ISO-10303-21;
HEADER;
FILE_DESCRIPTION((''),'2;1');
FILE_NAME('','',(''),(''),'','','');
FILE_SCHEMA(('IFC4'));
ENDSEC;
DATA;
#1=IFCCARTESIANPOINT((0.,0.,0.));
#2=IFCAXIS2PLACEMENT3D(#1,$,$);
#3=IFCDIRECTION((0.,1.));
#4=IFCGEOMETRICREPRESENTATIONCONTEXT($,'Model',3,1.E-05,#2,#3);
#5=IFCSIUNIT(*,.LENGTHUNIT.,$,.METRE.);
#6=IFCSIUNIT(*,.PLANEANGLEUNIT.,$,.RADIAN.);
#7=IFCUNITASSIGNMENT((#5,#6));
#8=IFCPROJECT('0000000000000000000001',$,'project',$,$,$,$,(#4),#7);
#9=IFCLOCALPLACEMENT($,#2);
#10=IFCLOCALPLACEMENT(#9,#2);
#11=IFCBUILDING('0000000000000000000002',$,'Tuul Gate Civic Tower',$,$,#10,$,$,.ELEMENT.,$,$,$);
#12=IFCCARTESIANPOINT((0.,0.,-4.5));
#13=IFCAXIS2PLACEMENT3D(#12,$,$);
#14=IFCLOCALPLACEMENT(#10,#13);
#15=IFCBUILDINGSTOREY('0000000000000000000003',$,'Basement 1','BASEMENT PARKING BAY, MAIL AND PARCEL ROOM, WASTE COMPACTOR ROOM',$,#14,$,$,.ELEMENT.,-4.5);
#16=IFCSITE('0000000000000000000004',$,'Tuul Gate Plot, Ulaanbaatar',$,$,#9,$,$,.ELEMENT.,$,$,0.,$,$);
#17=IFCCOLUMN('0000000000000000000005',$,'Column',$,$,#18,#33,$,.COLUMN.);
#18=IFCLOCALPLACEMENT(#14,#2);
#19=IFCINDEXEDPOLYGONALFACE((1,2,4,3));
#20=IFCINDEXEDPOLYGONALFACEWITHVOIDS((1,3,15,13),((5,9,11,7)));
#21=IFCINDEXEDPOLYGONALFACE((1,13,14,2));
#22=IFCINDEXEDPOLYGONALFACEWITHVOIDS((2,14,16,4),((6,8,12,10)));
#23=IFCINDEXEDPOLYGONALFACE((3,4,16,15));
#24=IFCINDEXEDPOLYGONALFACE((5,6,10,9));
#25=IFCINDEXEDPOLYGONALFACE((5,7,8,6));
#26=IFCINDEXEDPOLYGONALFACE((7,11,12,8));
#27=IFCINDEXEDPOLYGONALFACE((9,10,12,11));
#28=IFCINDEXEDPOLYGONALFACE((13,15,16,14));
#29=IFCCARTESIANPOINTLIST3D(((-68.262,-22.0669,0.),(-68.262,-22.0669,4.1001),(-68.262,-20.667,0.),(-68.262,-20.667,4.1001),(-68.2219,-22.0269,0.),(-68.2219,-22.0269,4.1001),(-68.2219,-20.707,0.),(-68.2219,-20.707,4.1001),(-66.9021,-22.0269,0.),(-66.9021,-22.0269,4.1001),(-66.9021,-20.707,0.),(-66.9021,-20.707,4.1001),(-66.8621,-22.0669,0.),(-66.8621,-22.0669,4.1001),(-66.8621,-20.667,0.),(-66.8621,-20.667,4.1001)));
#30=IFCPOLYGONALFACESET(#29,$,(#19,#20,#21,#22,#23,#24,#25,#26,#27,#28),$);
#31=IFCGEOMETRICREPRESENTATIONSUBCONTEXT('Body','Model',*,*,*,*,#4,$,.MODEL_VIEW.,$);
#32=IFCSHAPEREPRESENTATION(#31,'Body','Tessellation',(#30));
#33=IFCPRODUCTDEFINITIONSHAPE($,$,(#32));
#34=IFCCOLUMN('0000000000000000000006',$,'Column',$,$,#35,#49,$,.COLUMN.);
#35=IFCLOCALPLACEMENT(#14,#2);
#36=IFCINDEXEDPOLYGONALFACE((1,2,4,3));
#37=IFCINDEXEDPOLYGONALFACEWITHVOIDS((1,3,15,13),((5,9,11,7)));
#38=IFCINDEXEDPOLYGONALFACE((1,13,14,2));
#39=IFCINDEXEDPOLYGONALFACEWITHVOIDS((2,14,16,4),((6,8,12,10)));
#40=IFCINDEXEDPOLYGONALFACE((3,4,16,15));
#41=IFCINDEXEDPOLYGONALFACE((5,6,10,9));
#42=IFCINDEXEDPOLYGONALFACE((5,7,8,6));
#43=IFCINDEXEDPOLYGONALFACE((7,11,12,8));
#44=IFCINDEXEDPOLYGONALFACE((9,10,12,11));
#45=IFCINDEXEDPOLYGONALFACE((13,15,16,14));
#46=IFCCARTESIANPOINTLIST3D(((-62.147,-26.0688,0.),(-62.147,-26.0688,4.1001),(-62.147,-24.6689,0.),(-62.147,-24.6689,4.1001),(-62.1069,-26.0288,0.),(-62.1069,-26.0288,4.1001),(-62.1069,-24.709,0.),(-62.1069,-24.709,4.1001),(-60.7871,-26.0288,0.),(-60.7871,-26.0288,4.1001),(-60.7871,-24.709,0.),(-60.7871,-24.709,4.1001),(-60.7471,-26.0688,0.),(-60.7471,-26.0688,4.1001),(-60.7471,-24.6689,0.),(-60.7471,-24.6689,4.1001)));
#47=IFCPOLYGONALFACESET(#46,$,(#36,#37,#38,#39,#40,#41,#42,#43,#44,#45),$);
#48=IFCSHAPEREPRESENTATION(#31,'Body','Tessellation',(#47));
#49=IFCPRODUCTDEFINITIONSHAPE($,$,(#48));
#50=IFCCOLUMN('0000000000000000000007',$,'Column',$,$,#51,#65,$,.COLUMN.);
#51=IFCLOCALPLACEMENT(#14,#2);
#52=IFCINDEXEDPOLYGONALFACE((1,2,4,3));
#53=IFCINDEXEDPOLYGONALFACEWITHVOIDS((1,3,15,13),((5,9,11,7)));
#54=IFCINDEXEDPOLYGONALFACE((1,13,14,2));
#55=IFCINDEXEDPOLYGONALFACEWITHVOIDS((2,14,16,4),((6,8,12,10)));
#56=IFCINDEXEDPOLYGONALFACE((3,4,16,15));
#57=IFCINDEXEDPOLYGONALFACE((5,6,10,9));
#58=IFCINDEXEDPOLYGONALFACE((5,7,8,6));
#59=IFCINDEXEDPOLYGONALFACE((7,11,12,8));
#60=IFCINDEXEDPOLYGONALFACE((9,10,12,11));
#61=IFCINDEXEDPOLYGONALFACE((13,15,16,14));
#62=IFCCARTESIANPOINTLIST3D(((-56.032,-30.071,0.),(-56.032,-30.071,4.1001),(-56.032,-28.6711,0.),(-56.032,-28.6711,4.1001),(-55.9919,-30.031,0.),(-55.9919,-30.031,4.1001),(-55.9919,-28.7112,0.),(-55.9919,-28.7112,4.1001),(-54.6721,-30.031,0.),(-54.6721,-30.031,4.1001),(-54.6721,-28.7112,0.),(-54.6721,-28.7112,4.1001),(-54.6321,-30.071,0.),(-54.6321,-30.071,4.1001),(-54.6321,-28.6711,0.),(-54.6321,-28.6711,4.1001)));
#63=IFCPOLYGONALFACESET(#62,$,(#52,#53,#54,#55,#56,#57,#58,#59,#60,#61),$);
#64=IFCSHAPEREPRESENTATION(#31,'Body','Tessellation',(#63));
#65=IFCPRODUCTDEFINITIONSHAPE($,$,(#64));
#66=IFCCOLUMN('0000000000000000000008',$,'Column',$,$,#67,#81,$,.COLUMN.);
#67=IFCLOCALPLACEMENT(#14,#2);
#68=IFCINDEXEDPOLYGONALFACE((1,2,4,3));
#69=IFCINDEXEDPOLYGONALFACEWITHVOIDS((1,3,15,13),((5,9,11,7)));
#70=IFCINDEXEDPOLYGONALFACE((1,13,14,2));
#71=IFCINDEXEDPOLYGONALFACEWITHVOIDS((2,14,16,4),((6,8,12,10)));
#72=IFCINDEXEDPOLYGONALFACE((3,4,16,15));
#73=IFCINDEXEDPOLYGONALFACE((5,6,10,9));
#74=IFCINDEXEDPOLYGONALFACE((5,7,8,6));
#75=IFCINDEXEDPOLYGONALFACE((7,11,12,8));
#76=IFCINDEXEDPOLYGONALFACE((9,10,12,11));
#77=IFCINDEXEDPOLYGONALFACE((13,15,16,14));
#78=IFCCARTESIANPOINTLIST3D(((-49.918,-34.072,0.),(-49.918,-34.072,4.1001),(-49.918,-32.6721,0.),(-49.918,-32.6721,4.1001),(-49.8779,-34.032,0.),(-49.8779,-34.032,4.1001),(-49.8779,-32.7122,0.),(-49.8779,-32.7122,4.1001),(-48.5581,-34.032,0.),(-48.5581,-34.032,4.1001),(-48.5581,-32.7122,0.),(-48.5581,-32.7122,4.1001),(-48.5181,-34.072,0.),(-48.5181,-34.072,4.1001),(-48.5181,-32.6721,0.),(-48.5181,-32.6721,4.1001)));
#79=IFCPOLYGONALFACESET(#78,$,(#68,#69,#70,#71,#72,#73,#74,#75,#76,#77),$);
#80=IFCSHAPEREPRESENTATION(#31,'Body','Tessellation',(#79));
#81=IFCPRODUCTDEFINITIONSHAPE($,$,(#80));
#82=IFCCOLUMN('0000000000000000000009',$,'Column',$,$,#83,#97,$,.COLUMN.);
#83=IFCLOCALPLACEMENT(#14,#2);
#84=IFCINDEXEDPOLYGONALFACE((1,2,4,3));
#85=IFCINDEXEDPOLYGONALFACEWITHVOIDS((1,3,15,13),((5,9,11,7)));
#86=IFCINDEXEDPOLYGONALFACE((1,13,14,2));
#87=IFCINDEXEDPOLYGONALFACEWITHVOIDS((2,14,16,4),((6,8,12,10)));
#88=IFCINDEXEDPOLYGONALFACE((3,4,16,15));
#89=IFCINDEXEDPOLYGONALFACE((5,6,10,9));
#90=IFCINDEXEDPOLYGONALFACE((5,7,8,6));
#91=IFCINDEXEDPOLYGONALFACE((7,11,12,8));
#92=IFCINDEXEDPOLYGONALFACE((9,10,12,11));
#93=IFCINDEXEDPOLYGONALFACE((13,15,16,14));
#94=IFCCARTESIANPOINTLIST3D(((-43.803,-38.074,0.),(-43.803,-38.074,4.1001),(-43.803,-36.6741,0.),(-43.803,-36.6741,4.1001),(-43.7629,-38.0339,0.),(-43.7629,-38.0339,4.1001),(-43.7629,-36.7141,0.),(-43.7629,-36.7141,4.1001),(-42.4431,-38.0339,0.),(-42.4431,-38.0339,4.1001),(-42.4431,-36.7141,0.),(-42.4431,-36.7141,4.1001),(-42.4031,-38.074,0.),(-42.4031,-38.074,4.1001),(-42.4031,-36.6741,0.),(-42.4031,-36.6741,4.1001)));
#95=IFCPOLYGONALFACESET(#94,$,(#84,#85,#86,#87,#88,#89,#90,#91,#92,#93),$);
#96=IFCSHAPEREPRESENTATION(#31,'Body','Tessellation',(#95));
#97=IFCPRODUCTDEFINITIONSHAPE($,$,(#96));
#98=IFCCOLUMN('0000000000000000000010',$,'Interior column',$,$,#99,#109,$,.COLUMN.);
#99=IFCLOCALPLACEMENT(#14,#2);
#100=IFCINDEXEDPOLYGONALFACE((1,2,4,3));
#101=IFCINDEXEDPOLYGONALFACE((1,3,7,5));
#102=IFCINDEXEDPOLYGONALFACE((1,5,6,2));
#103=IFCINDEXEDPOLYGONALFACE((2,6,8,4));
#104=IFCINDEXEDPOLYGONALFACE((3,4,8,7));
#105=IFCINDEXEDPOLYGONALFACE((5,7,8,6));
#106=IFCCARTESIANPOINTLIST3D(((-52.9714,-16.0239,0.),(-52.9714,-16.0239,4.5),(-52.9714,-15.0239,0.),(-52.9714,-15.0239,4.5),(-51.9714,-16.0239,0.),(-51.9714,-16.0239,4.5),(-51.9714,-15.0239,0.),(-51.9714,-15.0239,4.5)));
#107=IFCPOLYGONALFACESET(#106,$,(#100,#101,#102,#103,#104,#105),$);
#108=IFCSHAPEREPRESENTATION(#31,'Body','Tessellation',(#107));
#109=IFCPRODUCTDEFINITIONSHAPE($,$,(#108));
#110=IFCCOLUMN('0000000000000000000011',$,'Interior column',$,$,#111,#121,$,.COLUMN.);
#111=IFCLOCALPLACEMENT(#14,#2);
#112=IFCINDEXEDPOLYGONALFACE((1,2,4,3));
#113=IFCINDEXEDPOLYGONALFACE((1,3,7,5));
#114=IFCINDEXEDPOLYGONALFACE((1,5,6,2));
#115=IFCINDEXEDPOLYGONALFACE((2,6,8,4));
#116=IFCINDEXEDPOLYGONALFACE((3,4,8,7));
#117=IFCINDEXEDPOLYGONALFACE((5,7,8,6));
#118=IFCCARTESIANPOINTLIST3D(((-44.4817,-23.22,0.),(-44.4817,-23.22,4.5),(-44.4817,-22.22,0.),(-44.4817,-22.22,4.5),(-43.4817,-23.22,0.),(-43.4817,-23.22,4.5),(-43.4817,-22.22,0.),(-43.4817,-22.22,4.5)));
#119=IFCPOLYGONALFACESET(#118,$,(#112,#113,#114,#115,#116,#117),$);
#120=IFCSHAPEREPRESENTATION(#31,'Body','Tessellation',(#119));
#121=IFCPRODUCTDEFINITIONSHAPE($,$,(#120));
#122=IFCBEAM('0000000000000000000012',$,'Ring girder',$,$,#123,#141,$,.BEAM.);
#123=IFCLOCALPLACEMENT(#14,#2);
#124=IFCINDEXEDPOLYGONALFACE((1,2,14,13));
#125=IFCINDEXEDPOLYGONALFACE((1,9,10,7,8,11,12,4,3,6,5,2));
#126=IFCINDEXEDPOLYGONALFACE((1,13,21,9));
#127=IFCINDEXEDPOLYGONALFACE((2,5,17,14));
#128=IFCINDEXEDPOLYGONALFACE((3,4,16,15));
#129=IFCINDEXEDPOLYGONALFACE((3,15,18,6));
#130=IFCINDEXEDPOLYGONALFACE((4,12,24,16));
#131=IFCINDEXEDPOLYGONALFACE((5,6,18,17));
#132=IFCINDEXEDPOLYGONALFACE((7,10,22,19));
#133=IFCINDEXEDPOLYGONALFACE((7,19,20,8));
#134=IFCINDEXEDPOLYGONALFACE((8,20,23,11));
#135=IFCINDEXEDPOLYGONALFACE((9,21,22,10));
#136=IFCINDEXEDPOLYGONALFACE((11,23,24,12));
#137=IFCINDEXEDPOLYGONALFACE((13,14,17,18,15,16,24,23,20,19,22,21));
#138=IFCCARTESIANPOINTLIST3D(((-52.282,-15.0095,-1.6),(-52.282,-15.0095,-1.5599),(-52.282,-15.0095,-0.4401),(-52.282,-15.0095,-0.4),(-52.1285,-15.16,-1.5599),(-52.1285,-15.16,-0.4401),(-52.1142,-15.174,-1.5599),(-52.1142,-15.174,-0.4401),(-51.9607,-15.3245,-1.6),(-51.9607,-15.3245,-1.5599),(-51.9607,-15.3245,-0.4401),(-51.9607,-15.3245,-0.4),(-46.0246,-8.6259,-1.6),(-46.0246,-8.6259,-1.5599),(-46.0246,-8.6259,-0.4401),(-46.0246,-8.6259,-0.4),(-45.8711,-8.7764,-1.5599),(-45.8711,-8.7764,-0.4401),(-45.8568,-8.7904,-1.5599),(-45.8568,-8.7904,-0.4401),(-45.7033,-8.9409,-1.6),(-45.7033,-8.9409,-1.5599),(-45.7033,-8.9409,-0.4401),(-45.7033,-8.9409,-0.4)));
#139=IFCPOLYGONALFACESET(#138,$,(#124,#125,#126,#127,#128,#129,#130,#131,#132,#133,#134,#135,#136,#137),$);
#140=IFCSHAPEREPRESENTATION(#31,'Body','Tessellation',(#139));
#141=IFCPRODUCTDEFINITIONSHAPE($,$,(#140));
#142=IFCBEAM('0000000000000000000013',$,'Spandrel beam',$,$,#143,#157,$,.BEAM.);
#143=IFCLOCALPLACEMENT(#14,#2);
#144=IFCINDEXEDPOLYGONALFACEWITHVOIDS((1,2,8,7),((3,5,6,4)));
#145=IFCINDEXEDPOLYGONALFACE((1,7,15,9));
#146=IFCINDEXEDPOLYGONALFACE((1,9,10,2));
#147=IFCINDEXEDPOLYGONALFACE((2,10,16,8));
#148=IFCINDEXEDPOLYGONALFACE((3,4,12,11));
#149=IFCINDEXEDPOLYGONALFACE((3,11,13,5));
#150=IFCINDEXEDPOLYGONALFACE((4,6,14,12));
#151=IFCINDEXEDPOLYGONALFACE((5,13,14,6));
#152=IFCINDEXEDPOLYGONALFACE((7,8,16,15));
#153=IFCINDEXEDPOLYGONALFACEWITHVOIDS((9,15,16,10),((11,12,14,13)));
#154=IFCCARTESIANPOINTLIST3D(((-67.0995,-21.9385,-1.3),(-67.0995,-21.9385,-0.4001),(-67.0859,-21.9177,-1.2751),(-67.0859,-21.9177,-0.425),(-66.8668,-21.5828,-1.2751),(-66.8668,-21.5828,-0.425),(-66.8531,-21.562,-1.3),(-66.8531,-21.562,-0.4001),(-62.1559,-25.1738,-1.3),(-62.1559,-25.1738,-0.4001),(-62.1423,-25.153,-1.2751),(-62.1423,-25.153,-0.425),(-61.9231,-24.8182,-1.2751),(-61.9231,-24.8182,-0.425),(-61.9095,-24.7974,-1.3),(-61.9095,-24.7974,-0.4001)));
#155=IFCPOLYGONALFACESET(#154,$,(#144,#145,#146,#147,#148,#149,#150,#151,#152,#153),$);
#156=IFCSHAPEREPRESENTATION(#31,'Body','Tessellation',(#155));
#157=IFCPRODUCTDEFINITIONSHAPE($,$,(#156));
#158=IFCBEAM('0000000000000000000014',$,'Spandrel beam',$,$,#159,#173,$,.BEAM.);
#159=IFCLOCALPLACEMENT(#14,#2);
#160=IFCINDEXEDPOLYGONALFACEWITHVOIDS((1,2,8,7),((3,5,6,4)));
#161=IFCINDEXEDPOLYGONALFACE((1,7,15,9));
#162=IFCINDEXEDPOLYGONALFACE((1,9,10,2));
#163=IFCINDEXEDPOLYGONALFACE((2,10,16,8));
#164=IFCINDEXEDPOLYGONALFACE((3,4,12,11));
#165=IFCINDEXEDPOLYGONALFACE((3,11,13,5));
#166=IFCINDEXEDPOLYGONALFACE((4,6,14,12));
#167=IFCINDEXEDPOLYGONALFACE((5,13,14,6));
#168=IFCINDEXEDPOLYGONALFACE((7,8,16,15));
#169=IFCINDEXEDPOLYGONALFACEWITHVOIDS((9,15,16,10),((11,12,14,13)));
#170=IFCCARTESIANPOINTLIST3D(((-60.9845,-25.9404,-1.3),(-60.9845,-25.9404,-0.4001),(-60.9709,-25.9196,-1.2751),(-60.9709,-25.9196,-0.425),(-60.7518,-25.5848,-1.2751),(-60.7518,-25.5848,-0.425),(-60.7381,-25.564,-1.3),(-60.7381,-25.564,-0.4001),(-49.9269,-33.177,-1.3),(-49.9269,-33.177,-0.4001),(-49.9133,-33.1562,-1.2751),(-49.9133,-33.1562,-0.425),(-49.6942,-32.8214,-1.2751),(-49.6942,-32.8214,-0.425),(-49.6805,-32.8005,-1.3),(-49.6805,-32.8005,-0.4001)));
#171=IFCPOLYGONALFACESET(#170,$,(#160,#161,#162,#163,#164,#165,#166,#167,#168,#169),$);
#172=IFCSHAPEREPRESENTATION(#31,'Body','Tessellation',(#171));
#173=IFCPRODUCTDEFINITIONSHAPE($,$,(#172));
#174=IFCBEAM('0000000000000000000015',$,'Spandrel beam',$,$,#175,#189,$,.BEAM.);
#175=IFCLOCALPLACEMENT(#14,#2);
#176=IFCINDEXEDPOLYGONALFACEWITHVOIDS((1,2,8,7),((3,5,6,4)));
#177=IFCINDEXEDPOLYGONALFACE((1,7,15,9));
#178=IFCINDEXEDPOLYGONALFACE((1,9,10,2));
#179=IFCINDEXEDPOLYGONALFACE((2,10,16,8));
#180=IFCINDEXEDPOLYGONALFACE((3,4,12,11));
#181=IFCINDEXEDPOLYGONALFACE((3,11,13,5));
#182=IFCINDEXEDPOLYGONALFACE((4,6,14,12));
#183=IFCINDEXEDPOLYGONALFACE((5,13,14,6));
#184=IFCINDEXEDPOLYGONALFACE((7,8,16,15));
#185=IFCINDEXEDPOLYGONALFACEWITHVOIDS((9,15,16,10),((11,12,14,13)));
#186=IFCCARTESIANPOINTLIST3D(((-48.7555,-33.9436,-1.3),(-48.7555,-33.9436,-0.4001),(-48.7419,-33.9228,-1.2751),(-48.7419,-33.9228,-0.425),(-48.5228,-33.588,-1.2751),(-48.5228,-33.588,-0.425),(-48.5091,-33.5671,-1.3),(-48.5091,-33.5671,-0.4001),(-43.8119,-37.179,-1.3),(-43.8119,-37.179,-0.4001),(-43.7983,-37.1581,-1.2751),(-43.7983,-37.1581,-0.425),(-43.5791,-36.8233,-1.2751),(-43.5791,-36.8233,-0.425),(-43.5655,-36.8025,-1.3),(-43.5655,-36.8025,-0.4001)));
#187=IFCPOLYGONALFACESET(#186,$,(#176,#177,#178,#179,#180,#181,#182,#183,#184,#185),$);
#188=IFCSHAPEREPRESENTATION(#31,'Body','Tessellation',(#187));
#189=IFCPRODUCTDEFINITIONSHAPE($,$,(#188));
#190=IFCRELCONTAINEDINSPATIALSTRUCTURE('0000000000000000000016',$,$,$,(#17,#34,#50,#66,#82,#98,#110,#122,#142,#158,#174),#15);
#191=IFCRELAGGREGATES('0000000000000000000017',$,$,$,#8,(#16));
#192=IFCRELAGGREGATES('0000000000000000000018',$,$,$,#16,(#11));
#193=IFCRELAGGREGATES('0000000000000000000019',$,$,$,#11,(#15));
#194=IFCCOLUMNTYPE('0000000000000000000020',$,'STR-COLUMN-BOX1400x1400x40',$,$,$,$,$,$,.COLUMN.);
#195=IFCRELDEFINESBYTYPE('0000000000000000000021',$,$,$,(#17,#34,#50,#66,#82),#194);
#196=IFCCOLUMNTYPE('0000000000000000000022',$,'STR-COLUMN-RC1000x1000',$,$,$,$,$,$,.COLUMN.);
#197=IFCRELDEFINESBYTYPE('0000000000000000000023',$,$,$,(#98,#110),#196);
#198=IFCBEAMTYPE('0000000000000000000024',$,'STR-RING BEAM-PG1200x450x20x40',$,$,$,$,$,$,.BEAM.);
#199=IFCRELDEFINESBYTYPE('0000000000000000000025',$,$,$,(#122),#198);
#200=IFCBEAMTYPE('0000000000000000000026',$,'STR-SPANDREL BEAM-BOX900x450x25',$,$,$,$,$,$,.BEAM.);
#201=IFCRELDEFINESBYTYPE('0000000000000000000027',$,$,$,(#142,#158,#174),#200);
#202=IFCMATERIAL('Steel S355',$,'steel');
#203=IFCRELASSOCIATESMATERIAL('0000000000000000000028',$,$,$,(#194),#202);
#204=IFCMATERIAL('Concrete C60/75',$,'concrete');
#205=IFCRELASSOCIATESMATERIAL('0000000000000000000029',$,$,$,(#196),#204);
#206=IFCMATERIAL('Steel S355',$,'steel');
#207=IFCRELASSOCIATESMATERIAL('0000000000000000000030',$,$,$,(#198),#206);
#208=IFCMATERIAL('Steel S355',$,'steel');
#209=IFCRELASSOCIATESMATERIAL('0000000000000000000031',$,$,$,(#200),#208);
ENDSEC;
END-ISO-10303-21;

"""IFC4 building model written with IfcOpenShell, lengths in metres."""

from ifc_helpers import new_model, si_unit, direction, frame, origin, origin_2d, place, context, subcontext, project, spatial, rectangle, hollow_rectangle, i_section, extrude, material, material_profile, profile_set, type_object, element, save


model = new_model("IFC4")

# Units and contexts
model_context = context("Model", 3, precision=1e-05, world=origin(), true_north=direction((0.0, 1.0)))
body_context = subcontext(model_context, "Body", "Model", "MODEL_VIEW")
ifc_project = project(units=[si_unit("LENGTHUNIT", "METRE"), si_unit("PLANEANGLEUNIT", "RADIAN")], contexts=[model_context])

# Site, building, storey
site_placement = place(None, origin())
site = spatial("IfcSite", under=ifc_project, at=site_placement, Name="Tuul Gate Plot, Ulaanbaatar", CompositionType="ELEMENT", RefElevation=0.0)
building_placement = place(site_placement, origin())
building = spatial("IfcBuilding", under=site, at=building_placement, Name="Tuul Gate Civic Tower", CompositionType="ELEMENT")
storey_placement = place(building_placement, frame((0.0, 0.0, -4.5)))
storey = spatial("IfcBuildingStorey", under=building, at=storey_placement, Name="Basement 1", Description="BASEMENT PARKING BAY, MAIL AND PARCEL ROOM, WASTE COMPACTOR ROOM", CompositionType="ELEMENT", Elevation=-4.5)

# Columns
ifc_material_1 = material(Name="Steel S355", Category="steel")
ifc_material_profile_1 = material_profile(ifc_material_1, hollow_rectangle(XDim=1.3999, YDim=1.3999, WallThickness=0.04, at=origin_2d()), Name="BOX1400x1400x40")
ifc_profile_set_1 = profile_set([ifc_material_profile_1], Name="Steel S355")
column_type_1 = type_object("IfcColumnType", Name="STR-COLUMN-BOX1400x1400x40", PredefinedType="COLUMN", material=ifc_profile_set_1)
for number, where, z_axis, x_axis, name in (
    (1, (-67.562, -21.3669, 0.0), (0.0, 0.0, 1.0), (1.0, 0.0, 0.0), "Column"),
    (2, (-61.447, -25.3689, 0.0), (0.0, 0.0, 1.0), (1.0, 0.0, 0.0), "Column"),
    (3, (-55.332, -29.3711, 0.0), (0.0, 0.0, 1.0), (1.0, 0.0, 0.0), "Column"),
    (4, (-49.218, -33.3721, 0.0), (0.0, 0.0, 1.0), (1.0, 0.0, 0.0), "Column"),
    (5, (-43.103, -37.374, 0.0), (0.0, 0.0, 1.0), (1.0, 0.0, 0.0), "Column"),
):
    element("IfcColumn", number, at=place(storey_placement, frame(where, z_axis=z_axis, x_axis=x_axis)), inside=storey, type_object=column_type_1, Name=name, PredefinedType="COLUMN", context=body_context, shape_type="SweptSolid", body=[
        extrude(hollow_rectangle(XDim=1.3999, YDim=1.3999, WallThickness=0.04, at=origin_2d()), origin(), (0.0, 0.0, 1.0), 4.1001),
    ])
ifc_material_2 = material(Name="Concrete C60/75", Category="concrete")
ifc_material_profile_2 = material_profile(ifc_material_2, rectangle(XDim=1.0, YDim=1.0, at=origin_2d()), Name="RC1000x1000")
ifc_profile_set_2 = profile_set([ifc_material_profile_2], Name="Concrete C60/75")
column_type_2 = type_object("IfcColumnType", Name="STR-COLUMN-RC1000x1000", PredefinedType="COLUMN", material=ifc_profile_set_2)
for number, where, z_axis, x_axis, name in (
    (6, (-52.4714, -15.5239, 0.0), (0.0, 0.0, 1.0), (1.0, 0.0, 0.0), "Interior column"),
    (7, (-43.9817, -22.72, 0.0), (0.0, 0.0, 1.0), (1.0, 0.0, 0.0), "Interior column"),
):
    element("IfcColumn", number, at=place(storey_placement, frame(where, z_axis=z_axis, x_axis=x_axis)), inside=storey, type_object=column_type_2, Name=name, PredefinedType="COLUMN", context=body_context, shape_type="SweptSolid", body=[
        extrude(rectangle(XDim=1.0, YDim=1.0, at=origin_2d()), origin(), (0.0, 0.0, 1.0), 4.5),
    ])

# Beams
ifc_material_3 = material(Name="Steel S355", Category="steel")
ifc_material_profile_3 = material_profile(ifc_material_3, i_section(OverallWidth=0.45, OverallDepth=1.2, WebThickness=0.02, FlangeThickness=0.04, at=origin_2d()), Name="PG1200x450x20x40")
ifc_profile_set_3 = profile_set([ifc_material_profile_3], Name="Steel S355")
beam_type_1 = type_object("IfcBeamType", Name="STR-RING BEAM-PG1200x450x20x40", PredefinedType="BEAM", material=ifc_profile_set_3)
beam_1_placement = place(storey_placement, frame((-52.1213, -15.167, -1.0), z_axis=(0.700011, 0.714132, 0.0), x_axis=(-0.714132, 0.700011, 0.0)))
element("IfcBeam", 8, at=beam_1_placement, inside=storey, type_object=beam_type_1, Name="Ring girder", PredefinedType="BEAM", context=body_context, shape_type="SweptSolid", body=[
    extrude(i_section(OverallWidth=0.45, OverallDepth=1.2, WebThickness=0.02, FlangeThickness=0.04, at=origin_2d()), origin(), (0.0, 0.0, 1.0), 8.939),
])
ifc_material_4 = material(Name="Steel S355", Category="steel")
ifc_material_profile_4 = material_profile(ifc_material_4, hollow_rectangle(XDim=0.45, YDim=0.8999, WallThickness=0.0249, at=origin_2d()), Name="BOX900x450x25")
ifc_profile_set_4 = profile_set([ifc_material_profile_4], Name="Steel S355")
beam_type_2 = type_object("IfcBeamType", Name="STR-SPANDREL BEAM-BOX900x450x25", PredefinedType="BEAM", material=ifc_profile_set_4)
beam_2_placement = place(storey_placement, frame((-66.9763, -21.7502, -0.8501), z_axis=(0.836737, -0.547604, 0.0), x_axis=(0.547604, 0.836737, 0.0)))
element("IfcBeam", 9, at=beam_2_placement, inside=storey, type_object=beam_type_2, Name="Spandrel beam", PredefinedType="BEAM", context=body_context, shape_type="SweptSolid", body=[
    extrude(hollow_rectangle(XDim=0.45, YDim=0.8999, WallThickness=0.0249, at=origin_2d()), origin(), (0.0, 0.0, 1.0), 5.9082),
])
beam_3_placement = place(storey_placement, frame((-60.8613, -25.7522, -0.8501), z_axis=(0.836741, -0.547599, 0.0), x_axis=(0.547599, 0.836741, 0.0)))
element("IfcBeam", 10, at=beam_3_placement, inside=storey, type_object=beam_type_2, Name="Spandrel beam", PredefinedType="BEAM", context=body_context, shape_type="SweptSolid", body=[
    extrude(hollow_rectangle(XDim=0.45, YDim=0.8999, WallThickness=0.0249, at=origin_2d()), origin(), (0.0, 0.0, 1.0), 13.2151),
])
beam_4_placement = place(storey_placement, frame((-48.6323, -33.7554, -0.8501), z_axis=(0.836737, -0.547604, 0.0), x_axis=(0.547604, 0.836737, 0.0)))
element("IfcBeam", 11, at=beam_4_placement, inside=storey, type_object=beam_type_2, Name="Spandrel beam", PredefinedType="BEAM", context=body_context, shape_type="SweptSolid", body=[
    extrude(hollow_rectangle(XDim=0.45, YDim=0.8999, WallThickness=0.0249, at=origin_2d()), origin(), (0.0, 0.0, 1.0), 5.9082),
])

save(model, "model.ifc")
